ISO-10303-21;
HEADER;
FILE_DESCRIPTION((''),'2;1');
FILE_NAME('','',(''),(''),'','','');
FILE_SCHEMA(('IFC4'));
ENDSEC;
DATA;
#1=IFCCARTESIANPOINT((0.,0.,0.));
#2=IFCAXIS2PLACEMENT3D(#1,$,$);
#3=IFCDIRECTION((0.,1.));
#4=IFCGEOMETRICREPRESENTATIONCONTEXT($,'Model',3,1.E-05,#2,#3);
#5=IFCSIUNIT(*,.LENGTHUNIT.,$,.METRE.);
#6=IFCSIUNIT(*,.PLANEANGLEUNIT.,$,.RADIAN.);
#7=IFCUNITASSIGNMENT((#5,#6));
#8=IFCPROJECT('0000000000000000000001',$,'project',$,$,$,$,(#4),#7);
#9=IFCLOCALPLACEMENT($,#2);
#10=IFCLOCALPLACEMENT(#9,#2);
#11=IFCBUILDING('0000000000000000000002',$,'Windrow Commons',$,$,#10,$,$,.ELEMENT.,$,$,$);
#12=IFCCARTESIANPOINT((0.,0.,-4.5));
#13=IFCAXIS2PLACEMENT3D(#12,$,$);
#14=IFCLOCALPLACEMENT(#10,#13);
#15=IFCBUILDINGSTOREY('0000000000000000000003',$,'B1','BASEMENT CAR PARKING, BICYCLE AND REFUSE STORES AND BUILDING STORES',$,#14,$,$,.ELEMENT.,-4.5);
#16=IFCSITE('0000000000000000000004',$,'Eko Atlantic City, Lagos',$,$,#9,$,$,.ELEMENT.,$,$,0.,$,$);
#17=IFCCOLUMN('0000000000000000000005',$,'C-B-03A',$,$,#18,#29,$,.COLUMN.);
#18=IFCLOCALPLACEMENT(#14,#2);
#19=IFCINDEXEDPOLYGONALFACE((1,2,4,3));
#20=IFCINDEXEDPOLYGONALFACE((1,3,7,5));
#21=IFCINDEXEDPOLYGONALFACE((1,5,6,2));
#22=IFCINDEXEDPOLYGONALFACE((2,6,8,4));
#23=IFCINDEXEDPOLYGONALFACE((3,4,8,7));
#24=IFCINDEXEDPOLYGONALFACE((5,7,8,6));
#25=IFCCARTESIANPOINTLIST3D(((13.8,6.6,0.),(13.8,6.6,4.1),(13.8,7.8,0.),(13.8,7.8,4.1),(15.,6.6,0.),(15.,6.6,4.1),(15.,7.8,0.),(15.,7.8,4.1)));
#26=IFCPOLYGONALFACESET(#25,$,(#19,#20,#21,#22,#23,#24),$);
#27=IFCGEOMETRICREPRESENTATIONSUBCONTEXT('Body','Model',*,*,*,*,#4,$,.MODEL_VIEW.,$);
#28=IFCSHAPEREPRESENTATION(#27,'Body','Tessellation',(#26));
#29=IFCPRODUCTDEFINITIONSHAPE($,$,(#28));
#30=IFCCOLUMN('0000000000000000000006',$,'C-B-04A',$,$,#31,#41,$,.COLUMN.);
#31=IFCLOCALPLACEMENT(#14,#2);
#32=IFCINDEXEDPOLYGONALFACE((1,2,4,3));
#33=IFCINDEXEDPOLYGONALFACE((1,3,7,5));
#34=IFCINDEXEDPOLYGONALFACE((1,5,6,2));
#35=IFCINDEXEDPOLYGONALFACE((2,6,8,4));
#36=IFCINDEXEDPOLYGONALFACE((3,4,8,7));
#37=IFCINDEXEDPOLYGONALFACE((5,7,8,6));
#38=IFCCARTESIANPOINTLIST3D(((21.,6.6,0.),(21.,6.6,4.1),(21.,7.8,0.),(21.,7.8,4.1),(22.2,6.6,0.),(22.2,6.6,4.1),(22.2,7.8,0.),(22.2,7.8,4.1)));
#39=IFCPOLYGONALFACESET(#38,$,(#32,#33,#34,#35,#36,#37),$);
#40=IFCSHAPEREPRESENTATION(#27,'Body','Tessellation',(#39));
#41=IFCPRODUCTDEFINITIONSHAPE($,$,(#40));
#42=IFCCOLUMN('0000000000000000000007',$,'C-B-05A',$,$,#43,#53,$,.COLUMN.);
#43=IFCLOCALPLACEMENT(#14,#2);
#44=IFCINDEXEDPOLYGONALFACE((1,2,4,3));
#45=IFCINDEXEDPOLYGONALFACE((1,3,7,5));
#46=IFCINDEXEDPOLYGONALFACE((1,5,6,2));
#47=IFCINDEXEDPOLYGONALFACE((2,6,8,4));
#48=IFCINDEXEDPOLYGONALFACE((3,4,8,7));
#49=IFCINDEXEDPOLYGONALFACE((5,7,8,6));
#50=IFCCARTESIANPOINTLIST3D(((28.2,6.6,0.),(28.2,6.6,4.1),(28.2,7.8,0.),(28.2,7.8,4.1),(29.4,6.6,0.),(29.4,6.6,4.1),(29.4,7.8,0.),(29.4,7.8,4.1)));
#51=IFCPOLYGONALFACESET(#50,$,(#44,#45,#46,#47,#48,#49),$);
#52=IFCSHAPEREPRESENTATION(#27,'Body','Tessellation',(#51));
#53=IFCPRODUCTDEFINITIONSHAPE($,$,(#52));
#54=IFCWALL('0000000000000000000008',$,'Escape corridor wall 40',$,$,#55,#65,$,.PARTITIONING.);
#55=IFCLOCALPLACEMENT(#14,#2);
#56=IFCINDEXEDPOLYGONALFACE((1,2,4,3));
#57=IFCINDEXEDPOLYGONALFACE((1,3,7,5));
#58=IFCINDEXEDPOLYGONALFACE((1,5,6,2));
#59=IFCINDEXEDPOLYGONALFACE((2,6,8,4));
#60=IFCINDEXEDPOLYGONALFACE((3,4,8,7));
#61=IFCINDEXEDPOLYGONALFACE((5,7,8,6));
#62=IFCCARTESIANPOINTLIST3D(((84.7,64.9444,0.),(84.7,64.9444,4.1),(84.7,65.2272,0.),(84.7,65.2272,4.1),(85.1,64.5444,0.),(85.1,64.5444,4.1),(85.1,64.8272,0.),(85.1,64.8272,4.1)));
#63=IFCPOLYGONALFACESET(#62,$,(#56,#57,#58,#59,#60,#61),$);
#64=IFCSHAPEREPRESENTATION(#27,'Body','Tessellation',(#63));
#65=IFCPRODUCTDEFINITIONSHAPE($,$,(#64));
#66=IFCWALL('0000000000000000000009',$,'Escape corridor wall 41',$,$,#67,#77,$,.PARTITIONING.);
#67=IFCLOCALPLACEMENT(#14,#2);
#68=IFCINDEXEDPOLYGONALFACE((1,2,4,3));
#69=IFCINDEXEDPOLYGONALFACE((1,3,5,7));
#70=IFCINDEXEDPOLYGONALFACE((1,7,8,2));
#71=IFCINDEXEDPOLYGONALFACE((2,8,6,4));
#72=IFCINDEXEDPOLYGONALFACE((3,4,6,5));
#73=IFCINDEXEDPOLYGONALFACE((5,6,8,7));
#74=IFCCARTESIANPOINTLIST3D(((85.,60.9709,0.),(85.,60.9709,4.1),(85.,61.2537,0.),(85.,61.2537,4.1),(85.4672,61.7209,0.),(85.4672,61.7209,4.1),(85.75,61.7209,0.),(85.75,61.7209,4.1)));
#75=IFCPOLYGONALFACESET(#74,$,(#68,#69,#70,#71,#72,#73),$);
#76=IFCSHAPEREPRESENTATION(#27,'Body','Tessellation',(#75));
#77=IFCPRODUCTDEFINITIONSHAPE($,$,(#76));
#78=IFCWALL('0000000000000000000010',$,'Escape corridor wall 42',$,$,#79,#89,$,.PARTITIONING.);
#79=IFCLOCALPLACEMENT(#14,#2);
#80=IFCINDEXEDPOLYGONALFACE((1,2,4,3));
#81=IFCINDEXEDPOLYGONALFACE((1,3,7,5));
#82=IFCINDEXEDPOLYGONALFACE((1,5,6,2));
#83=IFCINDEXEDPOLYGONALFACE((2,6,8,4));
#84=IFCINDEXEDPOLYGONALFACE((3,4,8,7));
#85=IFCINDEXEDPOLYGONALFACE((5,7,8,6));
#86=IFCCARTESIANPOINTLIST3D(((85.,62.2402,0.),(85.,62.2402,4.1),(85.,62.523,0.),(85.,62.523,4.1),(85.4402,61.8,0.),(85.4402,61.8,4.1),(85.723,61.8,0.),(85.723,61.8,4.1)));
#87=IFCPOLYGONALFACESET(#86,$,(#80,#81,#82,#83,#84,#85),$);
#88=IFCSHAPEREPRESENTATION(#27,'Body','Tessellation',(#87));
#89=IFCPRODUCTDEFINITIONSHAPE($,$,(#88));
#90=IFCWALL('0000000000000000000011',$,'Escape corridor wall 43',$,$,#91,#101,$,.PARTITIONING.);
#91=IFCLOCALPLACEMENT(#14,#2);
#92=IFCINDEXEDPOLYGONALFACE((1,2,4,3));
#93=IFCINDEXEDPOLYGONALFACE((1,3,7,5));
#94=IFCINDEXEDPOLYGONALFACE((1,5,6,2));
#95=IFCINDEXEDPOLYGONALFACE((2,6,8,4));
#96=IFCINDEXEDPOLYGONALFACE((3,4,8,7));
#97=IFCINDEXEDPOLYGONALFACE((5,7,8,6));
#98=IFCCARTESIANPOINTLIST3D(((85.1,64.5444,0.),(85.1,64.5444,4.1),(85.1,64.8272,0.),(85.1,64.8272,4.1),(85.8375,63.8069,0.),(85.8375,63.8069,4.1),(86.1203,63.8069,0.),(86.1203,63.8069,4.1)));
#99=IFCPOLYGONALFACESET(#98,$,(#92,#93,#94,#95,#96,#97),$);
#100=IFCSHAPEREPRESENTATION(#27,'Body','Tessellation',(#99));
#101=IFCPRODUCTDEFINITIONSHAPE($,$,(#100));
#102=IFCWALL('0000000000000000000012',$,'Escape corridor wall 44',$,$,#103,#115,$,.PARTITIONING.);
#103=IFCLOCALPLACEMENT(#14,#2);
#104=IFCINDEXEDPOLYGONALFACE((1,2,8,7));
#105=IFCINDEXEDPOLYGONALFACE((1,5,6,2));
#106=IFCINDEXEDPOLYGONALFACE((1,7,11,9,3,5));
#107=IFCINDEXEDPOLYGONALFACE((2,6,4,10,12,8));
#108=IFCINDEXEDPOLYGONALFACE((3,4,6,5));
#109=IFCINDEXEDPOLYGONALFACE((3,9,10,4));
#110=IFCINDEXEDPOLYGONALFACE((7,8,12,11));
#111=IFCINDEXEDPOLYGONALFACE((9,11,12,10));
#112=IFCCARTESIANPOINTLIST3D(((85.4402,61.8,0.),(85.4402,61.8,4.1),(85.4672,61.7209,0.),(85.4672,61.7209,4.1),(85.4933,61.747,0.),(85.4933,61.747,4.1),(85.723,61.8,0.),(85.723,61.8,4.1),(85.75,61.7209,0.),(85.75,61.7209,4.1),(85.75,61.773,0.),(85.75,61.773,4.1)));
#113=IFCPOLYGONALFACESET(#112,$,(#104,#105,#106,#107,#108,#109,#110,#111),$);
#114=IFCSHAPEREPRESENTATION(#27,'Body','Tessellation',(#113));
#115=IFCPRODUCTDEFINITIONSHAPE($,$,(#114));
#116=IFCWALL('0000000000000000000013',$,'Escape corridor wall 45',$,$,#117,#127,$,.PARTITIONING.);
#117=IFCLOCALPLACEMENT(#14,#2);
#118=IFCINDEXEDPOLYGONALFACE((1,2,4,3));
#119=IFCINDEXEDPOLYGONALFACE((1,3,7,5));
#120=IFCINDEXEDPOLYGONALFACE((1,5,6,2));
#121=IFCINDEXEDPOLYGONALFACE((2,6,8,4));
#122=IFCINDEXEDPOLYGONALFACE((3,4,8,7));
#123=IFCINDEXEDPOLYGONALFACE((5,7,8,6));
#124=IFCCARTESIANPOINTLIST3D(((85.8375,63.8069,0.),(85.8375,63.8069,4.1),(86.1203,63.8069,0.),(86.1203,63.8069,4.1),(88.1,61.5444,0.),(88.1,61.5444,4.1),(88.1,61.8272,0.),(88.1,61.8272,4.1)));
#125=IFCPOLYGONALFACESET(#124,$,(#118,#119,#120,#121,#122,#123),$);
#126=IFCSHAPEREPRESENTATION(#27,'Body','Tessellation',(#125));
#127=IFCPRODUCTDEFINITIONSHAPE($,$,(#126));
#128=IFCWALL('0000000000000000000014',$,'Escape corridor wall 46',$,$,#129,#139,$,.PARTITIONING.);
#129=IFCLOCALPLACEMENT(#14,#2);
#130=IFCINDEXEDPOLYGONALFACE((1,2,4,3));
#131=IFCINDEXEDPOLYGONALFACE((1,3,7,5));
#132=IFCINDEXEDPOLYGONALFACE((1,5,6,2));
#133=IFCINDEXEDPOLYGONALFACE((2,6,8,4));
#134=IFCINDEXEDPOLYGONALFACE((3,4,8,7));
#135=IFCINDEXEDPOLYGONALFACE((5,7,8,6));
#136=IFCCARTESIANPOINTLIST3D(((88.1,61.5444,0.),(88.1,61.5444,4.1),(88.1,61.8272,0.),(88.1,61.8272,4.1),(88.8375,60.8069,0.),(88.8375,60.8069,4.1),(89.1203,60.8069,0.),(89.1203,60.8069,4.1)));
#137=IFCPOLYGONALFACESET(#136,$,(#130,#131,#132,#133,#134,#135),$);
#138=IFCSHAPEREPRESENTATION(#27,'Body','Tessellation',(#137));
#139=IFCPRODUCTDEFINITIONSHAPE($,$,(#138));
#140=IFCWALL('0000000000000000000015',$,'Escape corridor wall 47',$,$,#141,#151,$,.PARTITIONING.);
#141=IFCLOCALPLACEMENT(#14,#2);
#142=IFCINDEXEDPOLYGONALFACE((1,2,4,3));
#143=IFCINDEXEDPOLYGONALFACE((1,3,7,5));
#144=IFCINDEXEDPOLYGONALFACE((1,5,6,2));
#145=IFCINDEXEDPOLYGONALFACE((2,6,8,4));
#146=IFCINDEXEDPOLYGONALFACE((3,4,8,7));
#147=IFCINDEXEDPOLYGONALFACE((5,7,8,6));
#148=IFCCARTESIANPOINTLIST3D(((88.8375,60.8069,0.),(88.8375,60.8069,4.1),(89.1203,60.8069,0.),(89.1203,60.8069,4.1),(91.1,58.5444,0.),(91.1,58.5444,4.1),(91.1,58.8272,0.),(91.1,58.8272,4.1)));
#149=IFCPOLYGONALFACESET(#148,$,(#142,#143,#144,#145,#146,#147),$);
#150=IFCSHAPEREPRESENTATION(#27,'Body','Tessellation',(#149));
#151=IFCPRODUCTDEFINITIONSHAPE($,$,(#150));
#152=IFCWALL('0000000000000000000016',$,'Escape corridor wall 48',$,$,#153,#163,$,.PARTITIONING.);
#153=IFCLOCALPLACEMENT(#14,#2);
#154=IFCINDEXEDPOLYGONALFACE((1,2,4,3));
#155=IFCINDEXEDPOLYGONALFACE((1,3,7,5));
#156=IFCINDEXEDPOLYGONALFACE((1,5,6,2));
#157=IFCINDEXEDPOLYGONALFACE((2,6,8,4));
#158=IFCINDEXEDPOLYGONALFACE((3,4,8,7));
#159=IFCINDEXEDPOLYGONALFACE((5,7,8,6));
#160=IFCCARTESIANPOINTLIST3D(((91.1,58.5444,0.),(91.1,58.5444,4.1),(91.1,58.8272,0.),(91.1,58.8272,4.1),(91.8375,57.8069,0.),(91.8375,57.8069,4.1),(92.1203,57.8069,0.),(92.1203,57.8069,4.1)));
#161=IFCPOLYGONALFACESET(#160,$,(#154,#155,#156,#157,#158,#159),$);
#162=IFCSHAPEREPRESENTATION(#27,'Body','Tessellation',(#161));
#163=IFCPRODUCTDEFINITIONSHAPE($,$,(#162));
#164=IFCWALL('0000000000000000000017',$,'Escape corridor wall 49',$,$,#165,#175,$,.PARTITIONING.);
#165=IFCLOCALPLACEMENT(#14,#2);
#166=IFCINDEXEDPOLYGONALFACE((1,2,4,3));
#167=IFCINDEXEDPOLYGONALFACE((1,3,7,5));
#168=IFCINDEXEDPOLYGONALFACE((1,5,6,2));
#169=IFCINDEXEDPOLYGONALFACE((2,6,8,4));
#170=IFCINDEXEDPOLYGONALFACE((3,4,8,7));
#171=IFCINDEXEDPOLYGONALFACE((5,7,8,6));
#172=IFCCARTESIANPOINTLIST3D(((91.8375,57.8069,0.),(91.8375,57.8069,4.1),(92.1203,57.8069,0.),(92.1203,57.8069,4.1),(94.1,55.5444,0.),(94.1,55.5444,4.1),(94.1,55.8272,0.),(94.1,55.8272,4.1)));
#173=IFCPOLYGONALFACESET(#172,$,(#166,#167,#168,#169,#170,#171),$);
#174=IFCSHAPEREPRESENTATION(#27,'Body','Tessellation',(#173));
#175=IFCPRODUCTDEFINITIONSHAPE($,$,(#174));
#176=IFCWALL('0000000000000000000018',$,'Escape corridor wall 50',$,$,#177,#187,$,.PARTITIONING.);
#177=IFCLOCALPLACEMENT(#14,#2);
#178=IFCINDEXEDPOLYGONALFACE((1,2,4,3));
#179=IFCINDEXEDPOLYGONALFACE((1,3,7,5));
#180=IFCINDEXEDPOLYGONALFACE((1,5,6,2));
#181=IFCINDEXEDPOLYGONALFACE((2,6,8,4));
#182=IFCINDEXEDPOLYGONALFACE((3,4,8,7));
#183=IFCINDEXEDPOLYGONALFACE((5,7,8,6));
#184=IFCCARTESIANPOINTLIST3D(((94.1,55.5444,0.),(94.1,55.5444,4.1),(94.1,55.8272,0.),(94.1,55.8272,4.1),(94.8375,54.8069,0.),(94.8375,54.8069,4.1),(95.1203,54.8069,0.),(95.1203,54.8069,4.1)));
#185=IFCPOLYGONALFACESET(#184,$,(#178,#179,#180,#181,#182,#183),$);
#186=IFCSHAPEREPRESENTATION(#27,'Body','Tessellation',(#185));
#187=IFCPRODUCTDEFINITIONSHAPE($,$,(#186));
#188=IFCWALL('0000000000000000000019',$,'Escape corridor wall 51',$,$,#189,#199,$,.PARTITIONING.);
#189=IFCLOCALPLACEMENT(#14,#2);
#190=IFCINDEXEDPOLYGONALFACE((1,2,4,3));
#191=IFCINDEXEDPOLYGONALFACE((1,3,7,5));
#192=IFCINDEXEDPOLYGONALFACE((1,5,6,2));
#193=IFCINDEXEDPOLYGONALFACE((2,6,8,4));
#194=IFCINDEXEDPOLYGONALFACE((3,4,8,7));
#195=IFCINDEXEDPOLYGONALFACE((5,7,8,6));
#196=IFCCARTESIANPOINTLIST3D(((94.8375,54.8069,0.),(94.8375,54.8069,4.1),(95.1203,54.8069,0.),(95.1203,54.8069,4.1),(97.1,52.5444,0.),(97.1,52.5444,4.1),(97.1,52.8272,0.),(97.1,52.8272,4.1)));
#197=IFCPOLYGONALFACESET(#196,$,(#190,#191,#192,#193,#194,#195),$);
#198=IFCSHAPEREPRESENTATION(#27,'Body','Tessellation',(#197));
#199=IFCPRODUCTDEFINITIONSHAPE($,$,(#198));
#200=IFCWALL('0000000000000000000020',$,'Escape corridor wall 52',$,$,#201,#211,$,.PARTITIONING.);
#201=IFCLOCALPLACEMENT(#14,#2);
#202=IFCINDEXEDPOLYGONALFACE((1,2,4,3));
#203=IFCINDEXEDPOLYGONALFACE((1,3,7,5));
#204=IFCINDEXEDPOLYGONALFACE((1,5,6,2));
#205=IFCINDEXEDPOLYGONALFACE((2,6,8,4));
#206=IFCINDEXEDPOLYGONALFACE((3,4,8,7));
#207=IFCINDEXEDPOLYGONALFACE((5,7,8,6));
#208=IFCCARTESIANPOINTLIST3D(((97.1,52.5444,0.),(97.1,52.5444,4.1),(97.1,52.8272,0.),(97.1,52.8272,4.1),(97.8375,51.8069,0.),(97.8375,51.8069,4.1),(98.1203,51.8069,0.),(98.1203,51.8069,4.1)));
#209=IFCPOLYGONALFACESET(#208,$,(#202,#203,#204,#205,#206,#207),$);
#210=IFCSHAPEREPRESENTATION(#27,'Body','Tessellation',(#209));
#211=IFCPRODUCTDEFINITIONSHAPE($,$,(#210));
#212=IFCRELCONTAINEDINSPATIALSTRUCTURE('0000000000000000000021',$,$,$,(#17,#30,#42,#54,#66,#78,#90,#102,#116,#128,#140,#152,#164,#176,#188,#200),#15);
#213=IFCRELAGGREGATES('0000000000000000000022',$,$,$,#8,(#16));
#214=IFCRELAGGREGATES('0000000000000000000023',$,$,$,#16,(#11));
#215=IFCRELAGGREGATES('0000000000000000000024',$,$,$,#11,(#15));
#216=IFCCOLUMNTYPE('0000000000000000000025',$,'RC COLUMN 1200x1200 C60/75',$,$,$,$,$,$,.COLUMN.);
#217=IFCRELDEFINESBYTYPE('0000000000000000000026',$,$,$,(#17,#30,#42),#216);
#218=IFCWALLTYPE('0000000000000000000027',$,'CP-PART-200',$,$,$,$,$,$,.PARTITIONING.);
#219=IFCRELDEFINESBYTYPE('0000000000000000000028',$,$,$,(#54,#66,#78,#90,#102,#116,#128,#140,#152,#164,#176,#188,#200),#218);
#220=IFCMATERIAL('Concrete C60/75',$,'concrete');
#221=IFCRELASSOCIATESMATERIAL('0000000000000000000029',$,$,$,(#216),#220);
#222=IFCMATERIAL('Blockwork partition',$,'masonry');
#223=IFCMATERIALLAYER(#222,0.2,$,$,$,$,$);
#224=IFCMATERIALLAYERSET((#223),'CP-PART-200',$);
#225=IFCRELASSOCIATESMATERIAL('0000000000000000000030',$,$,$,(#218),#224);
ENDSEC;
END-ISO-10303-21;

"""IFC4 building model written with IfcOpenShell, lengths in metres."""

from ifc_helpers import new_model, si_unit, direction, frame, origin, origin_2d, place, context, subcontext, project, spatial, polyline, rectangle, outline, extrude, material, layer, layer_set, material_profile, profile_set, type_object, element, save


model = new_model("IFC4")

# Units and contexts
model_context = context("Model", 3, precision=1e-05, world=origin(), true_north=direction((0.0, 1.0)))
body_context = subcontext(model_context, "Body", "Model", "MODEL_VIEW")
ifc_project = project(units=[si_unit("LENGTHUNIT", "METRE"), si_unit("PLANEANGLEUNIT", "RADIAN")], contexts=[model_context])

# Site, building, storey
site_placement = place(None, origin())
site = spatial("IfcSite", under=ifc_project, at=site_placement, Name="Eko Atlantic City, Lagos", CompositionType="ELEMENT", RefElevation=0.0)
building_placement = place(site_placement, origin())
building = spatial("IfcBuilding", under=site, at=building_placement, Name="Windrow Commons", CompositionType="ELEMENT")
storey_placement = place(building_placement, frame((0.0, 0.0, -4.5)))
storey = spatial("IfcBuildingStorey", under=building, at=storey_placement, Name="B1", Description="BASEMENT CAR PARKING, BICYCLE AND REFUSE STORES AND BUILDING STORES", CompositionType="ELEMENT", Elevation=-4.5)

# Columns
ifc_material_1 = material(Name="Concrete C60/75", Category="concrete")
ifc_material_profile = material_profile(ifc_material_1, rectangle(XDim=1.2, YDim=1.2, at=origin_2d()))
ifc_profile_set = profile_set([ifc_material_profile], Name="Concrete C60/75")
column_type = type_object("IfcColumnType", Name="RC COLUMN 1200x1200 C60/75", PredefinedType="COLUMN", material=ifc_profile_set)
for number, where, z_axis, x_axis, name in (
    (1, (14.4, 7.2, 0.0), (0.0, 0.0, 1.0), (1.0, 0.0, 0.0), "C-B-03A"),
    (2, (21.6, 7.2, 0.0), (0.0, 0.0, 1.0), (1.0, 0.0, 0.0), "C-B-04A"),
    (3, (28.8, 7.2, 0.0), (0.0, 0.0, 1.0), (1.0, 0.0, 0.0), "C-B-05A"),
):
    element("IfcColumn", number, at=place(storey_placement, frame(where, z_axis=z_axis, x_axis=x_axis)), inside=storey, type_object=column_type, Name=name, PredefinedType="COLUMN", context=body_context, shape_type="SweptSolid", body=[
        extrude(rectangle(XDim=1.2, YDim=1.2, at=origin_2d()), origin(), (0.0, 0.0, 1.0), 4.1),
    ])

# Walls
ifc_material_2 = material(Name="Blockwork partition", Category="masonry")
ifc_layer_1 = layer(ifc_material_2, 0.2)
ifc_layer_set_1 = layer_set([ifc_layer_1], Name="CP-PART-200")
wall_type_1 = type_object("IfcWallType", Name="CP-PART-200", PredefinedType="PARTITIONING", material=ifc_layer_set_1)
placement = place(storey_placement, origin())
element("IfcWall", 4, at=placement, inside=storey, type_object=wall_type_1, Name="Escape corridor wall 40", PredefinedType="PARTITIONING", context=body_context, shape_type="SweptSolid", body=[
    extrude(outline(polyline([(85.1, 64.8272), (84.7, 65.2272), (84.7, 64.9444), (85.1, 64.5444), (85.1, 64.8272)])), origin(), (0.0, 0.0, 1.0), 4.1),
])
element("IfcWall", 5, at=placement, inside=storey, type_object=wall_type_1, Name="Escape corridor wall 41", PredefinedType="PARTITIONING", context=body_context, shape_type="SweptSolid", body=[
    extrude(outline(polyline([(85.0, 61.2537), (85.0, 60.9709), (85.75, 61.7209), (85.4672, 61.7209), (85.0, 61.2537)])), origin(), (0.0, 0.0, 1.0), 4.1),
])
element("IfcWall", 6, at=placement, inside=storey, type_object=wall_type_1, Name="Escape corridor wall 42", PredefinedType="PARTITIONING", context=body_context, shape_type="SweptSolid", body=[
    extrude(outline(polyline([(85.723, 61.8), (85.0, 62.523), (85.0, 62.2402), (85.4402, 61.8), (85.723, 61.8)])), origin(), (0.0, 0.0, 1.0), 4.1),
])
element("IfcWall", 7, at=placement, inside=storey, type_object=wall_type_1, Name="Escape corridor wall 43", PredefinedType="PARTITIONING", context=body_context, shape_type="SweptSolid", body=[
    extrude(outline(polyline([(86.1203, 63.8069), (85.1, 64.8272), (85.1, 64.5444), (85.8375, 63.8069), (86.1203, 63.8069)])), origin(), (0.0, 0.0, 1.0), 4.1),
])
element("IfcWall", 8, at=placement, inside=storey, type_object=wall_type_1, Name="Escape corridor wall 44", PredefinedType="PARTITIONING", context=body_context, shape_type="SweptSolid", body=[
    extrude(outline(polyline([(85.4933, 61.747), (85.4672, 61.7209), (85.75, 61.7209), (85.75, 61.773), (85.723, 61.8), (85.4402, 61.8), (85.4933, 61.747)])), origin(), (0.0, 0.0, 1.0), 4.1),
])
element("IfcWall", 9, at=placement, inside=storey, type_object=wall_type_1, Name="Escape corridor wall 45", PredefinedType="PARTITIONING", context=body_context, shape_type="SweptSolid", body=[
    extrude(outline(polyline([(88.1, 61.8272), (86.1203, 63.8069), (85.8375, 63.8069), (88.1, 61.5444), (88.1, 61.8272)])), origin(), (0.0, 0.0, 1.0), 4.1),
])
element("IfcWall", 10, at=placement, inside=storey, type_object=wall_type_1, Name="Escape corridor wall 46", PredefinedType="PARTITIONING", context=body_context, shape_type="SweptSolid", body=[
    extrude(outline(polyline([(89.1203, 60.8069), (88.1, 61.8272), (88.1, 61.5444), (88.8375, 60.8069), (89.1203, 60.8069)])), origin(), (0.0, 0.0, 1.0), 4.1),
])
element("IfcWall", 11, at=placement, inside=storey, type_object=wall_type_1, Name="Escape corridor wall 47", PredefinedType="PARTITIONING", context=body_context, shape_type="SweptSolid", body=[
    extrude(outline(polyline([(91.1, 58.8272), (89.1203, 60.8069), (88.8375, 60.8069), (91.1, 58.5444), (91.1, 58.8272)])), origin(), (0.0, 0.0, 1.0), 4.1),
])
element("IfcWall", 12, at=placement, inside=storey, type_object=wall_type_1, Name="Escape corridor wall 48", PredefinedType="PARTITIONING", context=body_context, shape_type="SweptSolid", body=[
    extrude(outline(polyline([(92.1203, 57.8069), (91.1, 58.8272), (91.1, 58.5444), (91.8375, 57.8069), (92.1203, 57.8069)])), origin(), (0.0, 0.0, 1.0), 4.1),
])
element("IfcWall", 13, at=placement, inside=storey, type_object=wall_type_1, Name="Escape corridor wall 49", PredefinedType="PARTITIONING", context=body_context, shape_type="SweptSolid", body=[
    extrude(outline(polyline([(94.1, 55.8272), (92.1203, 57.8069), (91.8375, 57.8069), (94.1, 55.5444), (94.1, 55.8272)])), origin(), (0.0, 0.0, 1.0), 4.1),
])
element("IfcWall", 14, at=placement, inside=storey, type_object=wall_type_1, Name="Escape corridor wall 50", PredefinedType="PARTITIONING", context=body_context, shape_type="SweptSolid", body=[
    extrude(outline(polyline([(95.1203, 54.8069), (94.1, 55.8272), (94.1, 55.5444), (94.8375, 54.8069), (95.1203, 54.8069)])), origin(), (0.0, 0.0, 1.0), 4.1),
])
element("IfcWall", 15, at=placement, inside=storey, type_object=wall_type_1, Name="Escape corridor wall 51", PredefinedType="PARTITIONING", context=body_context, shape_type="SweptSolid", body=[
    extrude(outline(polyline([(97.1, 52.8272), (95.1203, 54.8069), (94.8375, 54.8069), (97.1, 52.5444), (97.1, 52.8272)])), origin(), (0.0, 0.0, 1.0), 4.1),
])
element("IfcWall", 16, at=placement, inside=storey, type_object=wall_type_1, Name="Escape corridor wall 52", PredefinedType="PARTITIONING", context=body_context, shape_type="SweptSolid", body=[
    extrude(outline(polyline([(98.1203, 51.8069), (97.1, 52.8272), (97.1, 52.5444), (97.8375, 51.8069), (98.1203, 51.8069)])), origin(), (0.0, 0.0, 1.0), 4.1),
])

save(model, "model.ifc")
